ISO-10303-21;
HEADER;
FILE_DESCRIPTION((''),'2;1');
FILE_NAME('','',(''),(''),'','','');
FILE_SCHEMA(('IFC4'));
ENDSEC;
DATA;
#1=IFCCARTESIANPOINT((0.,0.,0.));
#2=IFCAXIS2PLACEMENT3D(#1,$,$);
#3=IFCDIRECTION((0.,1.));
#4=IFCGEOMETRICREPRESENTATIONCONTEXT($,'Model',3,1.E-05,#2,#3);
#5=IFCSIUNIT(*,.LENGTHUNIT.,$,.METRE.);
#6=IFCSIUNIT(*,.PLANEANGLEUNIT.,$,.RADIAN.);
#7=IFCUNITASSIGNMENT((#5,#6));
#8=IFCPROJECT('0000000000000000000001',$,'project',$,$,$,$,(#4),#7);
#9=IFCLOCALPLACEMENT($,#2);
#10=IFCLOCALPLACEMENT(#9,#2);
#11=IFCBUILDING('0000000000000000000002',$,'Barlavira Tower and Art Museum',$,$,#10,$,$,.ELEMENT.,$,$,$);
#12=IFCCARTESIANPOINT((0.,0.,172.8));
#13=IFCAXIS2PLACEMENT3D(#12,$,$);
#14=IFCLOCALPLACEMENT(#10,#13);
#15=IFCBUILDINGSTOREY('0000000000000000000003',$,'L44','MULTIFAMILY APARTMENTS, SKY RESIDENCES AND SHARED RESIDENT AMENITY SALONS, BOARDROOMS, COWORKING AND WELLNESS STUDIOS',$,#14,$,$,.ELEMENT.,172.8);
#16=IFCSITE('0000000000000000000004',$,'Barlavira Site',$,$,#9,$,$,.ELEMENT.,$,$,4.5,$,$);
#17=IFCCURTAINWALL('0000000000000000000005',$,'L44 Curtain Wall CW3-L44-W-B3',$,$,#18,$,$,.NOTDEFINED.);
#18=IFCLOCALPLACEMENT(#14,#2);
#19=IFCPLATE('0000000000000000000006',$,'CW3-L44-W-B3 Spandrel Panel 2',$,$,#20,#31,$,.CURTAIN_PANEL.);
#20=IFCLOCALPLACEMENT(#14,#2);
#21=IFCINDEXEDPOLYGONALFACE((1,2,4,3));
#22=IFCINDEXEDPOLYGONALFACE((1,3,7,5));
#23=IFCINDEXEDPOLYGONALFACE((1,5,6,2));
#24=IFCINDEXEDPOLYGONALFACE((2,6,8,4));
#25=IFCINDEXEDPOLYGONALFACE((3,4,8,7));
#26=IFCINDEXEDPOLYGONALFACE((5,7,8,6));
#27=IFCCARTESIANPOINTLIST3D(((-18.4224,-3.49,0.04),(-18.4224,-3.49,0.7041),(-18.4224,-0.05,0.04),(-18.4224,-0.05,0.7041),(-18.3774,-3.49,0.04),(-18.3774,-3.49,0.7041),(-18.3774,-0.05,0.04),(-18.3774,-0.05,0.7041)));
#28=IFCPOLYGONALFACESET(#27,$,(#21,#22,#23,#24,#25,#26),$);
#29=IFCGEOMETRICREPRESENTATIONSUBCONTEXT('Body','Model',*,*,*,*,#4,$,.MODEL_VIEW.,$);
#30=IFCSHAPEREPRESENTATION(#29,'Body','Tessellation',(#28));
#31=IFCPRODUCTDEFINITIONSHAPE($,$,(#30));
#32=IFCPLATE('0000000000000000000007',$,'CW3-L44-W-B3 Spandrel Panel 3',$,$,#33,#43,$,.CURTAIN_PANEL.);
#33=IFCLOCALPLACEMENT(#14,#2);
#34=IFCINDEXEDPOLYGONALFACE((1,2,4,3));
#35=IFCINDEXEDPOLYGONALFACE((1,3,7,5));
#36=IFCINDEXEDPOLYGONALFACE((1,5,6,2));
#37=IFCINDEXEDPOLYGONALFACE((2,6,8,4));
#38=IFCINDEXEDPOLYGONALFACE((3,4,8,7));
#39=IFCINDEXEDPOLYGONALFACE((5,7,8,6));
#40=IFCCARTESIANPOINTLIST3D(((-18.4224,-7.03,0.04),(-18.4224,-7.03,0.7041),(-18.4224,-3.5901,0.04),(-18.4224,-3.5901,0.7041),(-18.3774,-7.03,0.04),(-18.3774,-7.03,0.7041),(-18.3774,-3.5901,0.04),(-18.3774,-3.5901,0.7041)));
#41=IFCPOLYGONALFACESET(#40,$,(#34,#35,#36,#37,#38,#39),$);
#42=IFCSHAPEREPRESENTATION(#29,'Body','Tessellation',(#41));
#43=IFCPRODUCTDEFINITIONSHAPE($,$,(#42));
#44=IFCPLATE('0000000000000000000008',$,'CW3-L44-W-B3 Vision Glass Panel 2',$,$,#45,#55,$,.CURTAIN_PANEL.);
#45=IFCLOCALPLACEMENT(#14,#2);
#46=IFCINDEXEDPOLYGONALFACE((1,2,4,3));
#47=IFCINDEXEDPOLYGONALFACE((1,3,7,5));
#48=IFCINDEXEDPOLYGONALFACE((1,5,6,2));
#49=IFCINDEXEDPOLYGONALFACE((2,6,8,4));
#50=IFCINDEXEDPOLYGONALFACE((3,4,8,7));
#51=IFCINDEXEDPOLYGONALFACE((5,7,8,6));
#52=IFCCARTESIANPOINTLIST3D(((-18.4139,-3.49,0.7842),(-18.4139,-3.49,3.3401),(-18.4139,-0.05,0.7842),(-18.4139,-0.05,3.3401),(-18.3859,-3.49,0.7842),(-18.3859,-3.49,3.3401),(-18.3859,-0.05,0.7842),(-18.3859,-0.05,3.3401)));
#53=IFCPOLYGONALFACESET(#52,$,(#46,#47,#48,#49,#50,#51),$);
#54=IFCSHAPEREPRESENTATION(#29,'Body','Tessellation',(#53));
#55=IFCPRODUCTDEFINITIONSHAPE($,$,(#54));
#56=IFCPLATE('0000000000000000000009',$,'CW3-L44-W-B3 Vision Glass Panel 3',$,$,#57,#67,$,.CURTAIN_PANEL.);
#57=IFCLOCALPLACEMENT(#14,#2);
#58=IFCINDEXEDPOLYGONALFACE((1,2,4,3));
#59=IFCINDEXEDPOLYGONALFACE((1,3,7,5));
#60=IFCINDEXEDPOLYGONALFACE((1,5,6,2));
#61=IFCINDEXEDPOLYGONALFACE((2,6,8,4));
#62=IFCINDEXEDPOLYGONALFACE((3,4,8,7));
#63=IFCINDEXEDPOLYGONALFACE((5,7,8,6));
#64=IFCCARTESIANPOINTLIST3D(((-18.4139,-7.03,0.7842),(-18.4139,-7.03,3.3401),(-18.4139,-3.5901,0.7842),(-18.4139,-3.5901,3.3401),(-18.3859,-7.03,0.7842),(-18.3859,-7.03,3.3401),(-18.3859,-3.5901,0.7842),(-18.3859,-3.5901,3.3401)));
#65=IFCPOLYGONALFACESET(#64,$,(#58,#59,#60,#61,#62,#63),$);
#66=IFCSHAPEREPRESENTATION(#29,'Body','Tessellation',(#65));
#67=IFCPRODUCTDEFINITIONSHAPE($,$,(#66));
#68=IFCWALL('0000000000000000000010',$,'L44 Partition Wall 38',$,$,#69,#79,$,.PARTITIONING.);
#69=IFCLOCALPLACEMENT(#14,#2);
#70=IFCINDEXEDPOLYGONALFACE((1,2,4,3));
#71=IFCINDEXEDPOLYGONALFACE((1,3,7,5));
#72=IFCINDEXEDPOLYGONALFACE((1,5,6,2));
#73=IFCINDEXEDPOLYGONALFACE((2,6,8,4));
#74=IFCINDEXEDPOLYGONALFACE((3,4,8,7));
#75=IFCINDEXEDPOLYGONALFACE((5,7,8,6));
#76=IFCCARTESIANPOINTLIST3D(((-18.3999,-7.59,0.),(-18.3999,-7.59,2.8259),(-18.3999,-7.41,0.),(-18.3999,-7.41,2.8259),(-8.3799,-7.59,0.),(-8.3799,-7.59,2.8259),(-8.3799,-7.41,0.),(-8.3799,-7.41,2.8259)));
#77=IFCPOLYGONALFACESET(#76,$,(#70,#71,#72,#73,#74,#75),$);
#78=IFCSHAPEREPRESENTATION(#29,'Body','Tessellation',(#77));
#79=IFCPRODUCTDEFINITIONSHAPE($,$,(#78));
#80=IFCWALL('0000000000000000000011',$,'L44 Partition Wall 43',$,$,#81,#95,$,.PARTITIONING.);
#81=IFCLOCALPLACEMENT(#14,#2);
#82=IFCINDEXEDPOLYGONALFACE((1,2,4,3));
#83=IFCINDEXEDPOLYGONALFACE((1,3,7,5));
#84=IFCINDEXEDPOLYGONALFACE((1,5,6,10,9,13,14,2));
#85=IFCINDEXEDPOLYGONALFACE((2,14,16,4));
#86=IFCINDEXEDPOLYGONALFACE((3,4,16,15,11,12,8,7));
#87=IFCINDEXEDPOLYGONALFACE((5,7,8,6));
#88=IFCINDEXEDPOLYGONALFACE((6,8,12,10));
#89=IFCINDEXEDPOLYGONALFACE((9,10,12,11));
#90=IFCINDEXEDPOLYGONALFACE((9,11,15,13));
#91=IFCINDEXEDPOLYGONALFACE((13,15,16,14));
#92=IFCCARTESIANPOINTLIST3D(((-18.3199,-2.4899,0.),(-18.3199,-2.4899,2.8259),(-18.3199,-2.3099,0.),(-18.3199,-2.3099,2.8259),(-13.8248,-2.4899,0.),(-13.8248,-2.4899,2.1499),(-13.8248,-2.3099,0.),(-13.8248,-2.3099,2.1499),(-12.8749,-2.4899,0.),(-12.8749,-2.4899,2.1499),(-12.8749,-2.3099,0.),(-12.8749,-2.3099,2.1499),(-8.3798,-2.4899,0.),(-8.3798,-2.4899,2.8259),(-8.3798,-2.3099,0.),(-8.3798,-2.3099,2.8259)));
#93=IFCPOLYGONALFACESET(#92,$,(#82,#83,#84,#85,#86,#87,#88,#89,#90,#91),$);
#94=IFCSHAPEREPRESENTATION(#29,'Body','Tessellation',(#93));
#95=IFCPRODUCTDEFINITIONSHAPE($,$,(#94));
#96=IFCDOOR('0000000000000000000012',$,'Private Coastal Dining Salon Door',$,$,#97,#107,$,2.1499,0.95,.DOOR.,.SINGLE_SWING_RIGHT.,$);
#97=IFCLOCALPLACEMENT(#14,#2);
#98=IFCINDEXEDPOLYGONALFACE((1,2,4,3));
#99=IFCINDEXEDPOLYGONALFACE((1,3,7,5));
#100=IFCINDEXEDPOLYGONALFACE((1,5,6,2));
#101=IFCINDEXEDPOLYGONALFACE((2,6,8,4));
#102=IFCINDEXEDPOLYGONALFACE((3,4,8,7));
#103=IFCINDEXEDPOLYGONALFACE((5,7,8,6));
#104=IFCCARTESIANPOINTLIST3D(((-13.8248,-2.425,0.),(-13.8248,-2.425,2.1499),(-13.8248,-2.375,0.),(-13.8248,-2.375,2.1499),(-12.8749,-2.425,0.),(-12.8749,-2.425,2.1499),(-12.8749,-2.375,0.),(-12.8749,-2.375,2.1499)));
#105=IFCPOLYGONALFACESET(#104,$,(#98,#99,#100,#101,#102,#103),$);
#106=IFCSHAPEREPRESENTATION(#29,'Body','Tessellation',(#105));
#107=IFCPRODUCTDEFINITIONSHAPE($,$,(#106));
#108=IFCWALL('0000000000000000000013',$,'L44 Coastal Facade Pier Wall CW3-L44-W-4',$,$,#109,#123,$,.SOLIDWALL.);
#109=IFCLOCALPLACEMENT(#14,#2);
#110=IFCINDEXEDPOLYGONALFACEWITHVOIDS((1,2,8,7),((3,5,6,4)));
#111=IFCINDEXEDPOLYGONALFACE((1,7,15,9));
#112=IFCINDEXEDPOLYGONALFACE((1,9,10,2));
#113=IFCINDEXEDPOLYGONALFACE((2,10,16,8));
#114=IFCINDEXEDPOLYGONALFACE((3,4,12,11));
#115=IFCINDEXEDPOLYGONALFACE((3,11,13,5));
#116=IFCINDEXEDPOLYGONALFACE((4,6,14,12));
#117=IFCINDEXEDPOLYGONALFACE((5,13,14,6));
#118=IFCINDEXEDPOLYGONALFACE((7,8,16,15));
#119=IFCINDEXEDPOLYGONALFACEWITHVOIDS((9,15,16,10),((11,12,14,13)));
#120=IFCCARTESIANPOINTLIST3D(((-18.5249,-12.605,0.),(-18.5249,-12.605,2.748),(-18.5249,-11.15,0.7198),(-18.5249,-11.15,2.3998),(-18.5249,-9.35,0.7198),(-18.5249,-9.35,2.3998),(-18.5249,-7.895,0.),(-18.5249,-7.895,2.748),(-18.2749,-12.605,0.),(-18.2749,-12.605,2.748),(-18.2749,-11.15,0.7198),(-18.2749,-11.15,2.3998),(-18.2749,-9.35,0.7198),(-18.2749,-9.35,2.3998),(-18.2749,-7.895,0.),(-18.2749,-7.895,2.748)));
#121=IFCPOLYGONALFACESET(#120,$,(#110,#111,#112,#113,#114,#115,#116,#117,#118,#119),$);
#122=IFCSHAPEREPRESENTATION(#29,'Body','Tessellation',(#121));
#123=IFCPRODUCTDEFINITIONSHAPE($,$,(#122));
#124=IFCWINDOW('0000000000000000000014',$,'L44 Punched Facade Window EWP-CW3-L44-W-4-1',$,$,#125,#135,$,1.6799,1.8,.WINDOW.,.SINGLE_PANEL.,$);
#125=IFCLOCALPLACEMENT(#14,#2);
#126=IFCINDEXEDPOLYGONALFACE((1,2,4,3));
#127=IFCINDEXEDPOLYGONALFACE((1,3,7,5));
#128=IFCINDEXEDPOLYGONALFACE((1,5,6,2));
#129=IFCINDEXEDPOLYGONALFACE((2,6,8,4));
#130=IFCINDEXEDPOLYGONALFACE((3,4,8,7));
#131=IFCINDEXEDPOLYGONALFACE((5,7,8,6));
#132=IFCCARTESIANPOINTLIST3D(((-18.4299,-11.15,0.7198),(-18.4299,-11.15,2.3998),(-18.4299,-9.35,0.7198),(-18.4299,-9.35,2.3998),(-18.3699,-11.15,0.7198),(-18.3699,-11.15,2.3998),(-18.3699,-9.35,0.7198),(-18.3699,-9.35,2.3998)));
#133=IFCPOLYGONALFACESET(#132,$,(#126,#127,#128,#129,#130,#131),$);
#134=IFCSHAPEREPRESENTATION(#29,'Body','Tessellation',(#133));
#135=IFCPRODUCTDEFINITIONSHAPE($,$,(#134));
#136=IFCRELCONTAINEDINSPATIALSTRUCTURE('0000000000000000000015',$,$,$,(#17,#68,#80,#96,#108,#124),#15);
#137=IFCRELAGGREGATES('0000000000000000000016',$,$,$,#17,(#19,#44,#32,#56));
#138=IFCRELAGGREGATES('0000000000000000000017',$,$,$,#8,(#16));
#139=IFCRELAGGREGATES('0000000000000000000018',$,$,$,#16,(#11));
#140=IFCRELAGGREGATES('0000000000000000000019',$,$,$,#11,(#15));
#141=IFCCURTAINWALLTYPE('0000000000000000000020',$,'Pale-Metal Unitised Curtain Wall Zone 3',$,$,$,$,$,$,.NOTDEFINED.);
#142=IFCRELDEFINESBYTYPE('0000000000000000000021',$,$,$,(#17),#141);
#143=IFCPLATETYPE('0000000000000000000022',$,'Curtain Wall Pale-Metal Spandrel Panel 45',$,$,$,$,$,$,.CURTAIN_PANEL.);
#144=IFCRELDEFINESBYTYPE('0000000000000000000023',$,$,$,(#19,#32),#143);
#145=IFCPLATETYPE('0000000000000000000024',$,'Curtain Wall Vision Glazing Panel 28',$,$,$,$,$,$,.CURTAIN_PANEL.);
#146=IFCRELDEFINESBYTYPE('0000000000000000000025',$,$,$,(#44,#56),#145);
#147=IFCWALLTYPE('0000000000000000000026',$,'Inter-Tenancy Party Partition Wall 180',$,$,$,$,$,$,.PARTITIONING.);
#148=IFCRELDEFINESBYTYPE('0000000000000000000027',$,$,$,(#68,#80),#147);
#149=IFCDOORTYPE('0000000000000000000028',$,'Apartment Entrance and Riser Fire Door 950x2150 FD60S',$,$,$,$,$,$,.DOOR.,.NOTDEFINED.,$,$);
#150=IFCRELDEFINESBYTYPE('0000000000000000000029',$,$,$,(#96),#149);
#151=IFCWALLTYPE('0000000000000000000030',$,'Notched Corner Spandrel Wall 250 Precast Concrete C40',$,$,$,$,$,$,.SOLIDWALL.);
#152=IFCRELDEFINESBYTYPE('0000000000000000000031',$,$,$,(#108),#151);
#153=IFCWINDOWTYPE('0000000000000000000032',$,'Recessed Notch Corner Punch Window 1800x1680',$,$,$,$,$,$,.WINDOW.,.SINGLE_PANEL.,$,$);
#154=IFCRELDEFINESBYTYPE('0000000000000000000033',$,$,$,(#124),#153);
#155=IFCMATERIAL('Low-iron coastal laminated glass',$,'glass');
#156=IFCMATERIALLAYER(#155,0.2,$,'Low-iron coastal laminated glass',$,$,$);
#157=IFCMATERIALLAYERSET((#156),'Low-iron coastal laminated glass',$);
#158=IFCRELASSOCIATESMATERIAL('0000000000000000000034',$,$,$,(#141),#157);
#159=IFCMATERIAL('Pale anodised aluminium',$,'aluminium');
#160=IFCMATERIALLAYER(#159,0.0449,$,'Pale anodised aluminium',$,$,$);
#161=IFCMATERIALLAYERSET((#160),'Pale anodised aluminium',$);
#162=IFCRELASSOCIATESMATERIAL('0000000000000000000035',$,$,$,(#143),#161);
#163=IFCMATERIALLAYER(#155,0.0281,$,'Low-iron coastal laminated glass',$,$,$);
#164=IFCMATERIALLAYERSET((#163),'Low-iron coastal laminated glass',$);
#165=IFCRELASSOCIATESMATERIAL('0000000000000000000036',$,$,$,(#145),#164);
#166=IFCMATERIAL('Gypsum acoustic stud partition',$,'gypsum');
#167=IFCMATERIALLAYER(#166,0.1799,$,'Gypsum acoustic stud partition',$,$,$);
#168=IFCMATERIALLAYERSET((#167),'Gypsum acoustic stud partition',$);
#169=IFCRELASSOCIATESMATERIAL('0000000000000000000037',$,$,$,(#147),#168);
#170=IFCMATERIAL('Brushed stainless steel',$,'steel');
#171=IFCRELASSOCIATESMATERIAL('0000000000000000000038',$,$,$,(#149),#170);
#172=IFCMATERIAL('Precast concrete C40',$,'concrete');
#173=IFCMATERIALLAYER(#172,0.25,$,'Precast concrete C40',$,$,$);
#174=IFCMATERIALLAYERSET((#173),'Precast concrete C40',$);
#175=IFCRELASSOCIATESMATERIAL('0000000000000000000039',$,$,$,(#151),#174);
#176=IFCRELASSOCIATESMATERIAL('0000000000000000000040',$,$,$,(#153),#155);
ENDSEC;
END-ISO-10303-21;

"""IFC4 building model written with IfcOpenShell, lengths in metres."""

from ifc_helpers import new_model, si_unit, direction, frame, frame_2d, origin, origin_2d, place, context, subcontext, project, spatial, rectangle, extrude, material, layer, layer_set, type_object, element, fill, aggregate, save


model = new_model("IFC4")

# Units and contexts
model_context = context("Model", 3, precision=1e-05, world=origin(), true_north=direction((0.0, 1.0)))
body_context = subcontext(model_context, "Body", "Model", "MODEL_VIEW")
ifc_project = project(units=[si_unit("LENGTHUNIT", "METRE"), si_unit("PLANEANGLEUNIT", "RADIAN")], contexts=[model_context])

# Site, building, storey
site_placement = place(None, origin())
site = spatial("IfcSite", under=ifc_project, at=site_placement, Name="Barlavira Site", CompositionType="ELEMENT", RefElevation=4.5)
building_placement = place(site_placement, origin())
building = spatial("IfcBuilding", under=site, at=building_placement, Name="Barlavira Tower and Art Museum", CompositionType="ELEMENT")
storey_placement = place(building_placement, frame((0.0, 0.0, 172.8)))
storey = spatial("IfcBuildingStorey", under=building, at=storey_placement, Name="L44", Description="MULTIFAMILY APARTMENTS, SKY RESIDENCES AND SHARED RESIDENT AMENITY SALONS, BOARDROOMS, COWORKING AND WELLNESS STUDIOS", CompositionType="ELEMENT", Elevation=172.8)

# Curtain wall
ifc_material_1 = material(Name="Low-iron coastal laminated glass", Category="glass")
ifc_layer_1 = layer(ifc_material_1, 0.2, Name="Low-iron coastal laminated glass")
ifc_layer_set_1 = layer_set([ifc_layer_1], Name="Low-iron coastal laminated glass")
curtain_wall_type = type_object("IfcCurtainWallType", Name="Pale-Metal Unitised Curtain Wall Zone 3", PredefinedType="NOTDEFINED", material=ifc_layer_set_1)
curtain_wall_placement = place(storey_placement, origin())
curtain_wall = element("IfcCurtainWall", 1, at=curtain_wall_placement, inside=storey, type_object=curtain_wall_type, Name="L44 Curtain Wall CW3-L44-W-B3", PredefinedType="NOTDEFINED")
ifc_material_2 = material(Name="Pale anodised aluminium", Category="aluminium")

# Plates
ifc_layer_2 = layer(ifc_material_2, 0.0449, Name="Pale anodised aluminium")
ifc_layer_set_2 = layer_set([ifc_layer_2], Name="Pale anodised aluminium")
plate_type_1 = type_object("IfcPlateType", Name="Curtain Wall Pale-Metal Spandrel Panel 45", PredefinedType="CURTAIN_PANEL", material=ifc_layer_set_2)
plate_1_placement = place(storey_placement, frame((-18.3999, -1.77, 0.04), z_axis=(0.0, 0.0, 1.0), x_axis=(0.0, -1.0, 0.0)))
plate_1 = element("IfcPlate", 2, at=plate_1_placement, type_object=plate_type_1, Name="CW3-L44-W-B3 Spandrel Panel 2", PredefinedType="CURTAIN_PANEL", context=body_context, shape_type="SweptSolid", body=[
    extrude(rectangle(XDim=3.4399, YDim=0.0449, at=origin_2d()), origin(), (0.0, 0.0, 1.0), 0.6641),
])
plate_2_placement = place(storey_placement, frame((-18.3999, -5.3101, 0.04), z_axis=(0.0, 0.0, 1.0), x_axis=(0.0, -1.0, 0.0)))
plate_2 = element("IfcPlate", 3, at=plate_2_placement, type_object=plate_type_1, Name="CW3-L44-W-B3 Spandrel Panel 3", PredefinedType="CURTAIN_PANEL", context=body_context, shape_type="SweptSolid", body=[
    extrude(rectangle(XDim=3.4399, YDim=0.0449, at=origin_2d()), origin(), (0.0, 0.0, 1.0), 0.6641),
])
ifc_layer_3 = layer(ifc_material_1, 0.0281, Name="Low-iron coastal laminated glass")
ifc_layer_set_3 = layer_set([ifc_layer_3], Name="Low-iron coastal laminated glass")
plate_type_2 = type_object("IfcPlateType", Name="Curtain Wall Vision Glazing Panel 28", PredefinedType="CURTAIN_PANEL", material=ifc_layer_set_3)
plate_3_placement = place(storey_placement, frame((-18.3999, -1.77, 0.7842), z_axis=(0.0, 0.0, 1.0), x_axis=(0.0, -1.0, 0.0)))
plate_3 = element("IfcPlate", 4, at=plate_3_placement, type_object=plate_type_2, Name="CW3-L44-W-B3 Vision Glass Panel 2", PredefinedType="CURTAIN_PANEL", context=body_context, shape_type="SweptSolid", body=[
    extrude(rectangle(XDim=3.4399, YDim=0.0281, at=origin_2d()), origin(), (0.0, 0.0, 1.0), 2.5559),
])
plate_4_placement = place(storey_placement, frame((-18.3999, -5.3101, 0.7842), z_axis=(0.0, 0.0, 1.0), x_axis=(0.0, -1.0, 0.0)))
plate_4 = element("IfcPlate", 5, at=plate_4_placement, type_object=plate_type_2, Name="CW3-L44-W-B3 Vision Glass Panel 3", PredefinedType="CURTAIN_PANEL", context=body_context, shape_type="SweptSolid", body=[
    extrude(rectangle(XDim=3.4399, YDim=0.0281, at=origin_2d()), origin(), (0.0, 0.0, 1.0), 2.5559),
])
aggregate(curtain_wall, [plate_1, plate_3, plate_2, plate_4])

# Shared definitions
ifc_material_3 = material(Name="Gypsum acoustic stud partition", Category="gypsum")
ifc_layer_4 = layer(ifc_material_3, 0.1799, Name="Gypsum acoustic stud partition")
ifc_layer_set_4 = layer_set([ifc_layer_4], Name="Gypsum acoustic stud partition")
wall_type_1 = type_object("IfcWallType", Name="Inter-Tenancy Party Partition Wall 180", PredefinedType="PARTITIONING", material=ifc_layer_set_4)
ifc_material_4 = material(Name="Brushed stainless steel", Category="steel")
door_type = type_object("IfcDoorType", Name="Apartment Entrance and Riser Fire Door 950x2150 FD60S", OperationType="NOTDEFINED", PredefinedType="DOOR", material=ifc_material_4)

# Wall
wall_1_placement = place(storey_placement, frame((-18.3999, -7.5, 0.0), z_axis=(0.0, 0.0, 1.0), x_axis=(1.0, 0.0, 0.0)))
element("IfcWall", 6, at=wall_1_placement, inside=storey, type_object=wall_type_1, Name="L44 Partition Wall 38", PredefinedType="PARTITIONING", context=body_context, shape_type="SweptSolid", body=[
    extrude(rectangle(XDim=10.02, YDim=0.1799, at=frame_2d((5.01, 0.0))), origin(), (0.0, 0.0, 1.0), 2.8259),
])

# Wall, opening, door
wall_2_placement = place(storey_placement, frame((-18.3201, -2.3999, 0.0), z_axis=(0.0, 0.0, 1.0), x_axis=(1.0, 0.0, 0.0)))
wall_2 = element("IfcWall", 7, at=wall_2_placement, inside=storey, type_object=wall_type_1, Name="L44 Partition Wall 43", PredefinedType="PARTITIONING", context=body_context, shape_type="SweptSolid", body=[
    extrude(rectangle(XDim=9.9402, YDim=0.1799, at=frame_2d((4.9702, 0.0))), origin(), (0.0, 0.0, 1.0), 2.8259),
])
opening_1_placement = place(wall_2_placement, frame((4.4951, 0.0, 0.0)))
opening_1 = element("IfcOpeningElement", 8, at=opening_1_placement, cuts=wall_2, PredefinedType="OPENING", context=body_context, shape_type="SweptSolid", body=[
    extrude(rectangle(XDim=0.95, YDim=2.1499, at=frame_2d((0.4751, 1.075))), frame((0.0, 0.1001, 0.0), z_axis=(0.0, -1.0, 0.0), x_axis=(1.0, 0.0, 0.0)), (0.0, 0.0, 1.0), 0.2),
])
door_1_placement = place(opening_1_placement, origin())
door_1 = element("IfcDoor", 9, at=door_1_placement, inside=storey, type_object=door_type, Name="Private Coastal Dining Salon Door", OperationType="SINGLE_SWING_RIGHT", OverallHeight=2.1499, OverallWidth=0.95, PredefinedType="DOOR", context=body_context, shape_type="SweptSolid", body=[
    extrude(rectangle(XDim=0.95, YDim=2.1499, at=frame_2d((0.4751, 1.075))), frame((0.0, 0.0249, 0.0), z_axis=(0.0, -1.0, 0.0), x_axis=(1.0, 0.0, 0.0)), (0.0, 0.0, 1.0), 0.05),
])
fill(opening_1, door_1)

# Wall, opening, window
ifc_material_5 = material(Name="Precast concrete C40", Category="concrete")
ifc_layer_5 = layer(ifc_material_5, 0.25, Name="Precast concrete C40")
ifc_layer_set_5 = layer_set([ifc_layer_5], Name="Precast concrete C40")
wall_type_2 = type_object("IfcWallType", Name="Notched Corner Spandrel Wall 250 Precast Concrete C40", PredefinedType="SOLIDWALL", material=ifc_layer_set_5)
wall_3_placement = place(storey_placement, frame((-18.3999, -7.895, 0.0), z_axis=(0.0, 0.0, 1.0), x_axis=(0.0, -1.0, 0.0)))
wall_3 = element("IfcWall", 10, at=wall_3_placement, inside=storey, type_object=wall_type_2, Name="L44 Coastal Facade Pier Wall CW3-L44-W-4", PredefinedType="SOLIDWALL", context=body_context, shape_type="SweptSolid", body=[
    extrude(rectangle(XDim=4.71, YDim=0.25, at=frame_2d((2.355, 0.0))), origin(), (0.0, 0.0, 1.0), 2.748),
])
opening_2_placement = place(wall_3_placement, frame((1.4551, 0.0, 0.72)))
opening_2 = element("IfcOpeningElement", 11, at=opening_2_placement, cuts=wall_3, PredefinedType="OPENING", context=body_context, shape_type="SweptSolid", body=[
    extrude(rectangle(XDim=1.8, YDim=1.6799, at=frame_2d((0.8999, 0.8398))), frame((0.0, 0.135, 0.0), z_axis=(0.0, -1.0, 0.0), x_axis=(1.0, 0.0, 0.0)), (0.0, 0.0, 1.0), 0.27),
])
window_type = type_object("IfcWindowType", Name="Recessed Notch Corner Punch Window 1800x1680", PartitioningType="SINGLE_PANEL", PredefinedType="WINDOW", material=ifc_material_1)
window_placement = place(opening_2_placement, origin())
window = element("IfcWindow", 12, at=window_placement, inside=storey, type_object=window_type, Name="L44 Punched Facade Window EWP-CW3-L44-W-4-1", OverallHeight=1.6799, OverallWidth=1.8, PartitioningType="SINGLE_PANEL", PredefinedType="WINDOW", context=body_context, shape_type="SweptSolid", body=[
    extrude(rectangle(XDim=1.8, YDim=1.6799, at=frame_2d((0.8999, 0.8398))), frame((0.0, 0.03, 0.0), z_axis=(0.0, -1.0, 0.0), x_axis=(1.0, 0.0, 0.0)), (0.0, 0.0, 1.0), 0.0601),
])
fill(opening_2, window)

save(model, "model.ifc")
